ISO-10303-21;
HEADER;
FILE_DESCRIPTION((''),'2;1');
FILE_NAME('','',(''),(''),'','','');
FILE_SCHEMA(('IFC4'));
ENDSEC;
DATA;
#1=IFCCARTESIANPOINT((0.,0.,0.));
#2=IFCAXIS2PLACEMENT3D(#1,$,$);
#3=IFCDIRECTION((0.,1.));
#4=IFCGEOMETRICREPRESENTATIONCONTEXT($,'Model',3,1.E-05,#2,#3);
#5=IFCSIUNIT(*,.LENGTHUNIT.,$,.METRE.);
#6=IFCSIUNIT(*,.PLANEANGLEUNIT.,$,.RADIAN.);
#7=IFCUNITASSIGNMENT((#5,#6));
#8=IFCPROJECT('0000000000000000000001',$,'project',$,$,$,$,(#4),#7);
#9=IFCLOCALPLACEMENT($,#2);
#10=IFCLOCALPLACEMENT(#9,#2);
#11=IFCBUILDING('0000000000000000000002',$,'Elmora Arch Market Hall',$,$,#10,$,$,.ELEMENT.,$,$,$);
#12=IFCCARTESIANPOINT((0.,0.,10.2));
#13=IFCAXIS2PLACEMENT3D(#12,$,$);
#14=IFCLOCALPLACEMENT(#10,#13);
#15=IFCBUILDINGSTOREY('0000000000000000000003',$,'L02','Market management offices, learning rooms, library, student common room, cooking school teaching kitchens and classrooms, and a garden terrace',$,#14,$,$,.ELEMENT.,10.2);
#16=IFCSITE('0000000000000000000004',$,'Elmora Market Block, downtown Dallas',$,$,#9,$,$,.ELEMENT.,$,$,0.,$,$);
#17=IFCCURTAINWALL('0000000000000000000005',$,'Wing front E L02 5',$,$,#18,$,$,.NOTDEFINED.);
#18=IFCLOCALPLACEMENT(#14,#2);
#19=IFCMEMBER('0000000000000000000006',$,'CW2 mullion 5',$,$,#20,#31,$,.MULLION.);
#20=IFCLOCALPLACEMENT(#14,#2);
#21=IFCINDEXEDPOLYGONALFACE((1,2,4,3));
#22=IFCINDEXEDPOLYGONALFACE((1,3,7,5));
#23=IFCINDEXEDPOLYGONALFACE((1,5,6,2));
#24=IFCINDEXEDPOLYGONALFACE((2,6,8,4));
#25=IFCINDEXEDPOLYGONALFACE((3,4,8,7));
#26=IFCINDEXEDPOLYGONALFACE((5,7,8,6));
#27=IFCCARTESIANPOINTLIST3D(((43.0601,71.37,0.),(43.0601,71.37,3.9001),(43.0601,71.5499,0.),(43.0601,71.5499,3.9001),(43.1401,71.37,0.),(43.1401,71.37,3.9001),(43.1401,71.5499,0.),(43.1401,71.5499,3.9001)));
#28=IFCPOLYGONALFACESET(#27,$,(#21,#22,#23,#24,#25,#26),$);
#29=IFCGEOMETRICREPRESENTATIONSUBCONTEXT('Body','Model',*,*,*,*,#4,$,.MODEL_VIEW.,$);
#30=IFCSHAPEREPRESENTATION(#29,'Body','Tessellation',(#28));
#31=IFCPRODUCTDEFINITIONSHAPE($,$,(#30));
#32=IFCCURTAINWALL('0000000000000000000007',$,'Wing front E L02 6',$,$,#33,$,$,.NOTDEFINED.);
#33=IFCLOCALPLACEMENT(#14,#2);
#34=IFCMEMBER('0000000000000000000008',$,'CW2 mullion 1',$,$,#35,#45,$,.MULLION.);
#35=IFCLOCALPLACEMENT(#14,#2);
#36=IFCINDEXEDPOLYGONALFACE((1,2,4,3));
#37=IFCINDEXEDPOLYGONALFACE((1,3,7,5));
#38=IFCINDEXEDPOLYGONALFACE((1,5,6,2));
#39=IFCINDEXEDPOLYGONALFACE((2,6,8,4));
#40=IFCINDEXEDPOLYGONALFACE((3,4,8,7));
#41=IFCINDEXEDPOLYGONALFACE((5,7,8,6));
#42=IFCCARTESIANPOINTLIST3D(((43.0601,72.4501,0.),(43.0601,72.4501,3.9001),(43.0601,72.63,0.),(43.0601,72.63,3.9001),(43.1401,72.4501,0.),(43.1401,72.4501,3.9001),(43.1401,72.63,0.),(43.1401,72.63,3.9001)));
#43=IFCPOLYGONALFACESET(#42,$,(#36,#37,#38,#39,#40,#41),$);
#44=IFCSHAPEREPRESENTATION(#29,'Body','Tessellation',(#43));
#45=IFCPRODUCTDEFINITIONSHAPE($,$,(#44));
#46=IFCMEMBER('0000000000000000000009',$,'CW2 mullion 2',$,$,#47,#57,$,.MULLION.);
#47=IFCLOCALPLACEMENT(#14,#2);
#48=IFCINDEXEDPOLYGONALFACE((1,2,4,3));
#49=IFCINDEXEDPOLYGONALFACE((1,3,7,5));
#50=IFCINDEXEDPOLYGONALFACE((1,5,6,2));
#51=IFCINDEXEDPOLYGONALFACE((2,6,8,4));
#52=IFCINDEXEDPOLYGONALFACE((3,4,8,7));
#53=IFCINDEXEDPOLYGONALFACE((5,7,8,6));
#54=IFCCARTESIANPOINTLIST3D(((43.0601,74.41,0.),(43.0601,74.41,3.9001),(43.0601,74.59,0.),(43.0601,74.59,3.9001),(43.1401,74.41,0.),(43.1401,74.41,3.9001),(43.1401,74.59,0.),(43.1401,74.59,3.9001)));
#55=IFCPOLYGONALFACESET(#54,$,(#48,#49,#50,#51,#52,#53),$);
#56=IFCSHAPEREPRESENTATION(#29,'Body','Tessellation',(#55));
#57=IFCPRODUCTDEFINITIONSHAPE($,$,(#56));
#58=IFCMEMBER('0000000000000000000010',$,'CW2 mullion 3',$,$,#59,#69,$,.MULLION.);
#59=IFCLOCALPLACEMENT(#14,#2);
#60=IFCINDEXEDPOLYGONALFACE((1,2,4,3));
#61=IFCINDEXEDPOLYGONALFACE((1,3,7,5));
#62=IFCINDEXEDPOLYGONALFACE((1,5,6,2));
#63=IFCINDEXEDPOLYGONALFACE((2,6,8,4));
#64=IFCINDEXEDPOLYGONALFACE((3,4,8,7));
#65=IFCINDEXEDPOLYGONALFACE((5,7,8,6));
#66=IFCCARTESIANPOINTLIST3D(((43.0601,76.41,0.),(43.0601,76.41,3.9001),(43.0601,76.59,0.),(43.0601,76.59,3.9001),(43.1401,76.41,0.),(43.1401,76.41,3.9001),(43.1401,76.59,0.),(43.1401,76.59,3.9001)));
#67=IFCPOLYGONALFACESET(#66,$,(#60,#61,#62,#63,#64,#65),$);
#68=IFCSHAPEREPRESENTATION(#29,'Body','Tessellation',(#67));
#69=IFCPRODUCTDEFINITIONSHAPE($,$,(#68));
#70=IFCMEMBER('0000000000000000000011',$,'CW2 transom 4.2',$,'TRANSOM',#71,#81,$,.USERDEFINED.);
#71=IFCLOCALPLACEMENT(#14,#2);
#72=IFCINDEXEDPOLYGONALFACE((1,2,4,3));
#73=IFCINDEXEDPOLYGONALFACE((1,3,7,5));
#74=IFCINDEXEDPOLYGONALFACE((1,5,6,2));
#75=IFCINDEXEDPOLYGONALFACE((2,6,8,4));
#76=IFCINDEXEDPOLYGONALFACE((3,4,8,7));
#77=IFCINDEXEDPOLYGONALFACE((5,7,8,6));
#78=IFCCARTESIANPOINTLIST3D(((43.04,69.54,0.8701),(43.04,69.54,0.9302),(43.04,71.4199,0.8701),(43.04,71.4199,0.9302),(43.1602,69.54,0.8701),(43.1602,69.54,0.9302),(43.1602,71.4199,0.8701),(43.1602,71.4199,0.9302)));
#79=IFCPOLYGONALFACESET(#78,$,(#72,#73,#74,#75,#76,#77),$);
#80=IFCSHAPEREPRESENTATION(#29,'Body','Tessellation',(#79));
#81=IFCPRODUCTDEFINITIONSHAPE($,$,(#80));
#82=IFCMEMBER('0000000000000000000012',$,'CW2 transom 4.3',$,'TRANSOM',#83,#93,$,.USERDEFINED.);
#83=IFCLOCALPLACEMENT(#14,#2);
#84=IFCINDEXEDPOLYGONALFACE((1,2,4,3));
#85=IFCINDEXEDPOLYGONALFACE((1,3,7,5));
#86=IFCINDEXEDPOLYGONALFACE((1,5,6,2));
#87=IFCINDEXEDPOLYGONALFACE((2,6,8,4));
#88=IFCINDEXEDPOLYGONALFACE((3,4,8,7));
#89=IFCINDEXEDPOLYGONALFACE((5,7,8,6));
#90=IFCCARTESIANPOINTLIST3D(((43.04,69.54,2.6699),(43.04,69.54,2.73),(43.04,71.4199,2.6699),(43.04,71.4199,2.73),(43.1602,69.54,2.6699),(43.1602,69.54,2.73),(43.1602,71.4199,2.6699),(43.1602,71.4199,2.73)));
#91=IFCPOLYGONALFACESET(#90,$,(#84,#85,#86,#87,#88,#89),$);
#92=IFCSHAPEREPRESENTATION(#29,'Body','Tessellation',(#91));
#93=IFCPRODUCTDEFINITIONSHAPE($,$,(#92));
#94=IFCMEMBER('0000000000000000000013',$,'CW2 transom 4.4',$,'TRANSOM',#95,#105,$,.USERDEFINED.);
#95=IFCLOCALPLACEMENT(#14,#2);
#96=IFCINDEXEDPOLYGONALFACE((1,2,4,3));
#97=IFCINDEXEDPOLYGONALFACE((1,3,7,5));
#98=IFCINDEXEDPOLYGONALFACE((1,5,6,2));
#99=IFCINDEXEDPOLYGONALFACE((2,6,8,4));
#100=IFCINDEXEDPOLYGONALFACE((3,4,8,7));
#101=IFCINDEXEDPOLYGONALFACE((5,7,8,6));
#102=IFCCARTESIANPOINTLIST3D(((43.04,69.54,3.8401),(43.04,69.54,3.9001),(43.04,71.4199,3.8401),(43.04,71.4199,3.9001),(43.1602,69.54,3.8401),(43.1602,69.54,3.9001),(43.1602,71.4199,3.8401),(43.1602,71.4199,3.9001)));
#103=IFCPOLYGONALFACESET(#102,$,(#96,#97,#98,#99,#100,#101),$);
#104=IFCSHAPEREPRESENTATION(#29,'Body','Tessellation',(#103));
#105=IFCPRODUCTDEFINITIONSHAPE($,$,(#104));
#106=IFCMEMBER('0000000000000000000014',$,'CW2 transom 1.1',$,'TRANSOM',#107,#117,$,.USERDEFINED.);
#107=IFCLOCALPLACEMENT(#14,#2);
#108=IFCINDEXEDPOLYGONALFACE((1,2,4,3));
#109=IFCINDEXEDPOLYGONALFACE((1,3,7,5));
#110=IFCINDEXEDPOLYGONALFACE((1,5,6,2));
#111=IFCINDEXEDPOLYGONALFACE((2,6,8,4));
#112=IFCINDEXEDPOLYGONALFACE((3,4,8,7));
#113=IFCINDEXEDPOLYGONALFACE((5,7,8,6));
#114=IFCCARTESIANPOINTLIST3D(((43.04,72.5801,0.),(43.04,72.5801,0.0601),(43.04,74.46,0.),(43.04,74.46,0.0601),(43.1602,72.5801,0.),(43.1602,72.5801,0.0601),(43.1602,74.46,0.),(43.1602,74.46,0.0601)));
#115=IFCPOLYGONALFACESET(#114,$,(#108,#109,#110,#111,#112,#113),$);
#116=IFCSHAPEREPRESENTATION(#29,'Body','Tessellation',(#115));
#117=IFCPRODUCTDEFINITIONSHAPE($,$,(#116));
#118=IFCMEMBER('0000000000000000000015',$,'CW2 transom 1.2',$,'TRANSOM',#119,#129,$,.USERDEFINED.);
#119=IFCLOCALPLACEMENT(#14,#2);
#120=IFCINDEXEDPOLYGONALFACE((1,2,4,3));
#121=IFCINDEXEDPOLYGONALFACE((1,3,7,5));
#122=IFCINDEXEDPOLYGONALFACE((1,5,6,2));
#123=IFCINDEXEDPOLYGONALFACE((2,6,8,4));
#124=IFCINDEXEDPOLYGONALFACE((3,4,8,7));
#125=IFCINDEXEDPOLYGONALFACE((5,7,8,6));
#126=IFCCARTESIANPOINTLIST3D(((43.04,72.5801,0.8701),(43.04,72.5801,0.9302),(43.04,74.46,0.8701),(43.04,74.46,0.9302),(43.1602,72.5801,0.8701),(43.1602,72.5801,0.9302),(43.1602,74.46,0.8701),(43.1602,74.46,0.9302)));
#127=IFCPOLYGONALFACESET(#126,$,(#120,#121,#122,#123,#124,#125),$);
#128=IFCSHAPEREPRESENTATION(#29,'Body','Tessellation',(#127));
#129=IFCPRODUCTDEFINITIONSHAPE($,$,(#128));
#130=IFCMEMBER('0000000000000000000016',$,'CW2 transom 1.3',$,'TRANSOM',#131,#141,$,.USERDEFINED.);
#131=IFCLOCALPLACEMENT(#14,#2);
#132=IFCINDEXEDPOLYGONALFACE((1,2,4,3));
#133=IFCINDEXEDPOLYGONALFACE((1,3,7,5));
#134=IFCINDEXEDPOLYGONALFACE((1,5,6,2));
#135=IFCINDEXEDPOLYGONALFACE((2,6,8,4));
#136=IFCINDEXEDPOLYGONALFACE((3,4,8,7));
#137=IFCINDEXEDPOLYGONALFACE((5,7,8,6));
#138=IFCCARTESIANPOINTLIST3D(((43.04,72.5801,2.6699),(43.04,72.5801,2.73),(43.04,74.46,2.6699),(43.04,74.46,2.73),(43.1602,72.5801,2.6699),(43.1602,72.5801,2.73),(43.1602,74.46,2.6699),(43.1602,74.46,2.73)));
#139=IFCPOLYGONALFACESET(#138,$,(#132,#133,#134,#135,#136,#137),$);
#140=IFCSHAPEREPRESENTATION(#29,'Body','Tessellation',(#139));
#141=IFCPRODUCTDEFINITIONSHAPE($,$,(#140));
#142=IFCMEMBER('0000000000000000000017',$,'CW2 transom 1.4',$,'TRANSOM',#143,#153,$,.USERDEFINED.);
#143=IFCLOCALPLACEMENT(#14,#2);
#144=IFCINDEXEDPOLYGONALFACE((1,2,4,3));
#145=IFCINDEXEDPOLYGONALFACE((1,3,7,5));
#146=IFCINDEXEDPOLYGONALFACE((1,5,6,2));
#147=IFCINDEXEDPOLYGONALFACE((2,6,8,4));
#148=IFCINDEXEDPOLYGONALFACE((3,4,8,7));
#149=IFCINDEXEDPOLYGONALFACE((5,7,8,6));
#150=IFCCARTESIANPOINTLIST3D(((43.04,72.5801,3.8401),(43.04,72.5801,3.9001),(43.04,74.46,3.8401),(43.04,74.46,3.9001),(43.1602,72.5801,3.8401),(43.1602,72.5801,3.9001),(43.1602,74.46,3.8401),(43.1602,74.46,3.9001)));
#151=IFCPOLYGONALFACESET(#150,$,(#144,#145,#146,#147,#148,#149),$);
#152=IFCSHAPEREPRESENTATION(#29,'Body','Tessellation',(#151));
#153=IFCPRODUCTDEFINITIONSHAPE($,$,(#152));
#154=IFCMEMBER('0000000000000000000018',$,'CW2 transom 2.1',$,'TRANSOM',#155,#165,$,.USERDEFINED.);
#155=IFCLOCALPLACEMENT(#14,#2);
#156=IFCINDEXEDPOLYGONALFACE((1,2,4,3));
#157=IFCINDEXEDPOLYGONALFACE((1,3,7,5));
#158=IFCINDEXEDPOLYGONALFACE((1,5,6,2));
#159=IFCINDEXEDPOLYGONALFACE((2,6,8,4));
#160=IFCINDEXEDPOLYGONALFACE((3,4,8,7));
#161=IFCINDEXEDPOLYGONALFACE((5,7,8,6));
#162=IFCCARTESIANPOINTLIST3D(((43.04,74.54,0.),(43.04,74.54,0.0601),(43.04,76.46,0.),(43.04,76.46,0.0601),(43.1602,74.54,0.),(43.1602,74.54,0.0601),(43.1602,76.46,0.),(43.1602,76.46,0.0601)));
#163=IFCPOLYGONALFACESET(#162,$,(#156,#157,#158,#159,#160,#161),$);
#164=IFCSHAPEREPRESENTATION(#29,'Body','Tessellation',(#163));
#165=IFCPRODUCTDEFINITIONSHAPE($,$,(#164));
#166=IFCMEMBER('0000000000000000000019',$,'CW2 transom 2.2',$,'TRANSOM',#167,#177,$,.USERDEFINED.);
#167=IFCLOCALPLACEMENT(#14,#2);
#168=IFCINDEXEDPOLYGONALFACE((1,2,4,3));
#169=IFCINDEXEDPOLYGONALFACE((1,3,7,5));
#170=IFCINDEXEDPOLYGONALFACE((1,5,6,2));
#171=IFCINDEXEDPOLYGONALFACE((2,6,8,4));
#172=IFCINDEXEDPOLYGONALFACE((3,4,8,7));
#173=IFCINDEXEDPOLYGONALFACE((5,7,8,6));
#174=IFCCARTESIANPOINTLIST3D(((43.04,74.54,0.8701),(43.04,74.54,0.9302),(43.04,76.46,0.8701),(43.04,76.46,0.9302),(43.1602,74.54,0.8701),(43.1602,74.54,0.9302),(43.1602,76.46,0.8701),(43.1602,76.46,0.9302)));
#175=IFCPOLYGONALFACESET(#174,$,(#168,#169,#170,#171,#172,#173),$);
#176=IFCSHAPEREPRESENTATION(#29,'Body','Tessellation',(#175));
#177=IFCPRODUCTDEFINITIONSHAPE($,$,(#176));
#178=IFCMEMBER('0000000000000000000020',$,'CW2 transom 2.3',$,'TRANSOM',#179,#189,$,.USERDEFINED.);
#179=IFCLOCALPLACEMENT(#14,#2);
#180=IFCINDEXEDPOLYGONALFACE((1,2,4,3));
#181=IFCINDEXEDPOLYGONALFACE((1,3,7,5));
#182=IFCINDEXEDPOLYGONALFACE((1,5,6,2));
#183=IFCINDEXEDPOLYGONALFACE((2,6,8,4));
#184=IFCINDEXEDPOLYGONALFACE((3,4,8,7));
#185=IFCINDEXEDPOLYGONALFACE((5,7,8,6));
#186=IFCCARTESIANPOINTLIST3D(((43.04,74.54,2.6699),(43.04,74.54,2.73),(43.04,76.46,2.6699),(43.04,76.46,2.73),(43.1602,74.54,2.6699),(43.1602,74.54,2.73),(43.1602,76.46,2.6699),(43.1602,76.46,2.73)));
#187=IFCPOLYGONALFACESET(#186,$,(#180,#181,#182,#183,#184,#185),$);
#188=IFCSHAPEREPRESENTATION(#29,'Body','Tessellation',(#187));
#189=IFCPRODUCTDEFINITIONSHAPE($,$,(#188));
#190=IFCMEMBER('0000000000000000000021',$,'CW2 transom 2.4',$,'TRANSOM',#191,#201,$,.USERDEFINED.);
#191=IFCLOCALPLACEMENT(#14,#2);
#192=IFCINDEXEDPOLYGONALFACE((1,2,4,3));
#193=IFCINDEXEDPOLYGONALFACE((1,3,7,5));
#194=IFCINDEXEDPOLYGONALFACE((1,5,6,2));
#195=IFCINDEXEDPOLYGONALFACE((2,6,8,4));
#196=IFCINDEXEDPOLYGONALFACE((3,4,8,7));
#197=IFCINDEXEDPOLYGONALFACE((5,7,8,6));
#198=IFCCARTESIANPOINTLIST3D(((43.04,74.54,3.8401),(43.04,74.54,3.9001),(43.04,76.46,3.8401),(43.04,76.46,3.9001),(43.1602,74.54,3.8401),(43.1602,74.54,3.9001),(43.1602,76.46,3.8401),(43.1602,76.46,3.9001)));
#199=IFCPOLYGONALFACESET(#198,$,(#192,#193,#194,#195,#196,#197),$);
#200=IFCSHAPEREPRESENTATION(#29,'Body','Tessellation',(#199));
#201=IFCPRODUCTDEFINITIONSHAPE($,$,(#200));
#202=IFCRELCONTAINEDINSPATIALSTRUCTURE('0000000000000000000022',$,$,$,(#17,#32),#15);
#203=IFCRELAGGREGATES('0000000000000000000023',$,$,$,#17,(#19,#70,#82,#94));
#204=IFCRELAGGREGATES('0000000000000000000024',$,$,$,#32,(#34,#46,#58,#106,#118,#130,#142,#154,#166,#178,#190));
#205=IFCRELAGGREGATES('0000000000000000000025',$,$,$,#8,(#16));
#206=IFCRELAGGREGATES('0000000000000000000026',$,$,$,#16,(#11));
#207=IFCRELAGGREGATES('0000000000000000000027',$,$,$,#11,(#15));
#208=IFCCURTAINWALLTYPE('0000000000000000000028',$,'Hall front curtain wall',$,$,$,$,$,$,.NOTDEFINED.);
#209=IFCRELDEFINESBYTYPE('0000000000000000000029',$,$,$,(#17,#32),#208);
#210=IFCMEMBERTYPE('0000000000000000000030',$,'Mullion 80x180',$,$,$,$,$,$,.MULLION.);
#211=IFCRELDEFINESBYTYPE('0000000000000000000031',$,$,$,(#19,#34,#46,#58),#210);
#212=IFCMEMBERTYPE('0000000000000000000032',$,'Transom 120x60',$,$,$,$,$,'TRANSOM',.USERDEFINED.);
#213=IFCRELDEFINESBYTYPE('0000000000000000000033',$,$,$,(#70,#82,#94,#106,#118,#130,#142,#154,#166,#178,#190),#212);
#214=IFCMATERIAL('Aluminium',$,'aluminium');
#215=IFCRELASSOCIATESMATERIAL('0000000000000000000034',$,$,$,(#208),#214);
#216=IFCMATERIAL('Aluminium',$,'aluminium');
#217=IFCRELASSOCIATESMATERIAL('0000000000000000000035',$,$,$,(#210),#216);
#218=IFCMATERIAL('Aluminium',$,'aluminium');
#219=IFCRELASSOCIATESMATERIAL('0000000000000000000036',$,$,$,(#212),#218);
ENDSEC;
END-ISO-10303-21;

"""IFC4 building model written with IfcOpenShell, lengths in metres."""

from ifc_helpers import new_model, si_unit, direction, frame, origin, origin_2d, place, context, subcontext, project, spatial, rectangle, extrude, material, material_profile, profile_set, type_object, element, aggregate, save


model = new_model("IFC4")

# Units and contexts
model_context = context("Model", 3, precision=1e-05, world=origin(), true_north=direction((0.0, 1.0)))
body_context = subcontext(model_context, "Body", "Model", "MODEL_VIEW")
ifc_project = project(units=[si_unit("LENGTHUNIT", "METRE"), si_unit("PLANEANGLEUNIT", "RADIAN")], contexts=[model_context])

# Site, building, storey
site_placement = place(None, origin())
site = spatial("IfcSite", under=ifc_project, at=site_placement, Name="Elmora Market Block, downtown Dallas", CompositionType="ELEMENT", RefElevation=0.0)
building_placement = place(site_placement, origin())
building = spatial("IfcBuilding", under=site, at=building_placement, Name="Elmora Arch Market Hall", CompositionType="ELEMENT")
storey_placement = place(building_placement, frame((0.0, 0.0, 10.2)))
storey = spatial("IfcBuildingStorey", under=building, at=storey_placement, Name="L02", Description="Market management offices, learning rooms, library, student common room, cooking school teaching kitchens and classrooms, and a garden terrace", CompositionType="ELEMENT", Elevation=10.2)

# Curtain wall, member
ifc_material_1 = material(Name="Aluminium", Category="aluminium")
curtain_wall_type = type_object("IfcCurtainWallType", Name="Hall front curtain wall", PredefinedType="NOTDEFINED", material=ifc_material_1)
curtain_wall_1_placement = place(storey_placement, origin())
curtain_wall_1 = element("IfcCurtainWall", 1, at=curtain_wall_1_placement, inside=storey, type_object=curtain_wall_type, Name="Wing front E L02 5", PredefinedType="NOTDEFINED")
ifc_material_2 = material(Name="Aluminium", Category="aluminium")
ifc_material_profile_1 = material_profile(ifc_material_2, rectangle(XDim=0.0801, YDim=0.1799, at=origin_2d()), Name="AL 80x180")
ifc_profile_set_1 = profile_set([ifc_material_profile_1], Name="Aluminium")
member_type_1 = type_object("IfcMemberType", Name="Mullion 80x180", PredefinedType="MULLION", material=ifc_profile_set_1)
member_1_placement = place(storey_placement, frame((43.1001, 71.46, 0.0), z_axis=(0.0, 0.0, 1.0), x_axis=(-1.0, 0.0, 0.0)))
member_1 = element("IfcMember", 2, at=member_1_placement, type_object=member_type_1, Name="CW2 mullion 5", PredefinedType="MULLION", context=body_context, shape_type="SweptSolid", body=[
    extrude(rectangle(XDim=0.0801, YDim=0.1799, at=origin_2d()), origin(), (0.0, 0.0, 1.0), 3.9001),
])

# Curtain wall, members
curtain_wall_2_placement = place(storey_placement, origin())
curtain_wall_2 = element("IfcCurtainWall", 3, at=curtain_wall_2_placement, inside=storey, type_object=curtain_wall_type, Name="Wing front E L02 6", PredefinedType="NOTDEFINED")
member_2_placement = place(storey_placement, frame((43.1001, 72.54, 0.0), z_axis=(0.0, 0.0, 1.0), x_axis=(-1.0, 0.0, 0.0)))
member_2 = element("IfcMember", 4, at=member_2_placement, type_object=member_type_1, Name="CW2 mullion 1", PredefinedType="MULLION", context=body_context, shape_type="SweptSolid", body=[
    extrude(rectangle(XDim=0.0801, YDim=0.1799, at=origin_2d()), origin(), (0.0, 0.0, 1.0), 3.9001),
])
member_3_placement = place(storey_placement, frame((43.1001, 74.5, 0.0), z_axis=(0.0, 0.0, 1.0), x_axis=(-1.0, 0.0, 0.0)))
member_3 = element("IfcMember", 5, at=member_3_placement, type_object=member_type_1, Name="CW2 mullion 2", PredefinedType="MULLION", context=body_context, shape_type="SweptSolid", body=[
    extrude(rectangle(XDim=0.0801, YDim=0.1799, at=origin_2d()), origin(), (0.0, 0.0, 1.0), 3.9001),
])
member_4_placement = place(storey_placement, frame((43.1001, 76.5, 0.0), z_axis=(0.0, 0.0, 1.0), x_axis=(-1.0, 0.0, 0.0)))
member_4 = element("IfcMember", 6, at=member_4_placement, type_object=member_type_1, Name="CW2 mullion 3", PredefinedType="MULLION", context=body_context, shape_type="SweptSolid", body=[
    extrude(rectangle(XDim=0.0801, YDim=0.1799, at=origin_2d()), origin(), (0.0, 0.0, 1.0), 3.9001),
])

# Members
ifc_material_3 = material(Name="Aluminium", Category="aluminium")
ifc_material_profile_2 = material_profile(ifc_material_3, rectangle(XDim=0.1201, YDim=0.0601, at=origin_2d()), Name="AL 120x60")
ifc_profile_set_2 = profile_set([ifc_material_profile_2], Name="Aluminium")
member_type_2 = type_object("IfcMemberType", Name="Transom 120x60", ElementType="TRANSOM", PredefinedType="USERDEFINED", material=ifc_profile_set_2)
member_5_placement = place(storey_placement, frame((43.1001, 69.54, 0.9001), z_axis=(0.0, 1.0, 0.0), x_axis=(-1.0, 0.0, 0.0)))
member_5 = element("IfcMember", 7, at=member_5_placement, type_object=member_type_2, Name="CW2 transom 4.2", ObjectType="TRANSOM", PredefinedType="USERDEFINED", context=body_context, shape_type="SweptSolid", body=[
    extrude(rectangle(XDim=0.1201, YDim=0.0601, at=origin_2d()), origin(), (0.0, 0.0, 1.0), 1.8799),
])
member_6_placement = place(storey_placement, frame((43.1001, 69.54, 2.7), z_axis=(0.0, 1.0, 0.0), x_axis=(-1.0, 0.0, 0.0)))
member_6 = element("IfcMember", 8, at=member_6_placement, type_object=member_type_2, Name="CW2 transom 4.3", ObjectType="TRANSOM", PredefinedType="USERDEFINED", context=body_context, shape_type="SweptSolid", body=[
    extrude(rectangle(XDim=0.1201, YDim=0.0601, at=origin_2d()), origin(), (0.0, 0.0, 1.0), 1.8799),
])
member_7_placement = place(storey_placement, frame((43.1001, 69.54, 3.8701), z_axis=(0.0, 1.0, 0.0), x_axis=(-1.0, 0.0, 0.0)))
member_7 = element("IfcMember", 9, at=member_7_placement, type_object=member_type_2, Name="CW2 transom 4.4", ObjectType="TRANSOM", PredefinedType="USERDEFINED", context=body_context, shape_type="SweptSolid", body=[
    extrude(rectangle(XDim=0.1201, YDim=0.0601, at=origin_2d()), origin(), (0.0, 0.0, 1.0), 1.8799),
])
member_8_placement = place(storey_placement, frame((43.1001, 72.5801, 0.03), z_axis=(0.0, 1.0, 0.0), x_axis=(-1.0, 0.0, 0.0)))
member_8 = element("IfcMember", 10, at=member_8_placement, type_object=member_type_2, Name="CW2 transom 1.1", ObjectType="TRANSOM", PredefinedType="USERDEFINED", context=body_context, shape_type="SweptSolid", body=[
    extrude(rectangle(XDim=0.1201, YDim=0.0601, at=origin_2d()), origin(), (0.0, 0.0, 1.0), 1.8799),
])
member_9_placement = place(storey_placement, frame((43.1001, 72.5801, 0.9001), z_axis=(0.0, 1.0, 0.0), x_axis=(-1.0, 0.0, 0.0)))
member_9 = element("IfcMember", 11, at=member_9_placement, type_object=member_type_2, Name="CW2 transom 1.2", ObjectType="TRANSOM", PredefinedType="USERDEFINED", context=body_context, shape_type="SweptSolid", body=[
    extrude(rectangle(XDim=0.1201, YDim=0.0601, at=origin_2d()), origin(), (0.0, 0.0, 1.0), 1.8799),
])
member_10_placement = place(storey_placement, frame((43.1001, 72.5801, 2.7), z_axis=(0.0, 1.0, 0.0), x_axis=(-1.0, 0.0, 0.0)))
member_10 = element("IfcMember", 12, at=member_10_placement, type_object=member_type_2, Name="CW2 transom 1.3", ObjectType="TRANSOM", PredefinedType="USERDEFINED", context=body_context, shape_type="SweptSolid", body=[
    extrude(rectangle(XDim=0.1201, YDim=0.0601, at=origin_2d()), origin(), (0.0, 0.0, 1.0), 1.8799),
])
member_11_placement = place(storey_placement, frame((43.1001, 72.5801, 3.8701), z_axis=(0.0, 1.0, 0.0), x_axis=(-1.0, 0.0, 0.0)))
member_11 = element("IfcMember", 13, at=member_11_placement, type_object=member_type_2, Name="CW2 transom 1.4", ObjectType="TRANSOM", PredefinedType="USERDEFINED", context=body_context, shape_type="SweptSolid", body=[
    extrude(rectangle(XDim=0.1201, YDim=0.0601, at=origin_2d()), origin(), (0.0, 0.0, 1.0), 1.8799),
])
member_12_placement = place(storey_placement, frame((43.1001, 74.54, 0.03), z_axis=(0.0, 1.0, 0.0), x_axis=(-1.0, 0.0, 0.0)))
member_12 = element("IfcMember", 14, at=member_12_placement, type_object=member_type_2, Name="CW2 transom 2.1", ObjectType="TRANSOM", PredefinedType="USERDEFINED", context=body_context, shape_type="SweptSolid", body=[
    extrude(rectangle(XDim=0.1201, YDim=0.0601, at=origin_2d()), origin(), (0.0, 0.0, 1.0), 1.9199),
])
member_13_placement = place(storey_placement, frame((43.1001, 74.54, 0.9001), z_axis=(0.0, 1.0, 0.0), x_axis=(-1.0, 0.0, 0.0)))
member_13 = element("IfcMember", 15, at=member_13_placement, type_object=member_type_2, Name="CW2 transom 2.2", ObjectType="TRANSOM", PredefinedType="USERDEFINED", context=body_context, shape_type="SweptSolid", body=[
    extrude(rectangle(XDim=0.1201, YDim=0.0601, at=origin_2d()), origin(), (0.0, 0.0, 1.0), 1.9199),
])
member_14_placement = place(storey_placement, frame((43.1001, 74.54, 2.7), z_axis=(0.0, 1.0, 0.0), x_axis=(-1.0, 0.0, 0.0)))
member_14 = element("IfcMember", 16, at=member_14_placement, type_object=member_type_2, Name="CW2 transom 2.3", ObjectType="TRANSOM", PredefinedType="USERDEFINED", context=body_context, shape_type="SweptSolid", body=[
    extrude(rectangle(XDim=0.1201, YDim=0.0601, at=origin_2d()), origin(), (0.0, 0.0, 1.0), 1.9199),
])
member_15_placement = place(storey_placement, frame((43.1001, 74.54, 3.8701), z_axis=(0.0, 1.0, 0.0), x_axis=(-1.0, 0.0, 0.0)))
member_15 = element("IfcMember", 17, at=member_15_placement, type_object=member_type_2, Name="CW2 transom 2.4", ObjectType="TRANSOM", PredefinedType="USERDEFINED", context=body_context, shape_type="SweptSolid", body=[
    extrude(rectangle(XDim=0.1201, YDim=0.0601, at=origin_2d()), origin(), (0.0, 0.0, 1.0), 1.9199),
])

aggregate(curtain_wall_1, [member_1, member_5, member_6, member_7])
aggregate(curtain_wall_2, [member_2, member_3, member_4, member_8, member_9, member_10, member_11, member_12, member_13, member_14, member_15])

save(model, "model.ifc")
